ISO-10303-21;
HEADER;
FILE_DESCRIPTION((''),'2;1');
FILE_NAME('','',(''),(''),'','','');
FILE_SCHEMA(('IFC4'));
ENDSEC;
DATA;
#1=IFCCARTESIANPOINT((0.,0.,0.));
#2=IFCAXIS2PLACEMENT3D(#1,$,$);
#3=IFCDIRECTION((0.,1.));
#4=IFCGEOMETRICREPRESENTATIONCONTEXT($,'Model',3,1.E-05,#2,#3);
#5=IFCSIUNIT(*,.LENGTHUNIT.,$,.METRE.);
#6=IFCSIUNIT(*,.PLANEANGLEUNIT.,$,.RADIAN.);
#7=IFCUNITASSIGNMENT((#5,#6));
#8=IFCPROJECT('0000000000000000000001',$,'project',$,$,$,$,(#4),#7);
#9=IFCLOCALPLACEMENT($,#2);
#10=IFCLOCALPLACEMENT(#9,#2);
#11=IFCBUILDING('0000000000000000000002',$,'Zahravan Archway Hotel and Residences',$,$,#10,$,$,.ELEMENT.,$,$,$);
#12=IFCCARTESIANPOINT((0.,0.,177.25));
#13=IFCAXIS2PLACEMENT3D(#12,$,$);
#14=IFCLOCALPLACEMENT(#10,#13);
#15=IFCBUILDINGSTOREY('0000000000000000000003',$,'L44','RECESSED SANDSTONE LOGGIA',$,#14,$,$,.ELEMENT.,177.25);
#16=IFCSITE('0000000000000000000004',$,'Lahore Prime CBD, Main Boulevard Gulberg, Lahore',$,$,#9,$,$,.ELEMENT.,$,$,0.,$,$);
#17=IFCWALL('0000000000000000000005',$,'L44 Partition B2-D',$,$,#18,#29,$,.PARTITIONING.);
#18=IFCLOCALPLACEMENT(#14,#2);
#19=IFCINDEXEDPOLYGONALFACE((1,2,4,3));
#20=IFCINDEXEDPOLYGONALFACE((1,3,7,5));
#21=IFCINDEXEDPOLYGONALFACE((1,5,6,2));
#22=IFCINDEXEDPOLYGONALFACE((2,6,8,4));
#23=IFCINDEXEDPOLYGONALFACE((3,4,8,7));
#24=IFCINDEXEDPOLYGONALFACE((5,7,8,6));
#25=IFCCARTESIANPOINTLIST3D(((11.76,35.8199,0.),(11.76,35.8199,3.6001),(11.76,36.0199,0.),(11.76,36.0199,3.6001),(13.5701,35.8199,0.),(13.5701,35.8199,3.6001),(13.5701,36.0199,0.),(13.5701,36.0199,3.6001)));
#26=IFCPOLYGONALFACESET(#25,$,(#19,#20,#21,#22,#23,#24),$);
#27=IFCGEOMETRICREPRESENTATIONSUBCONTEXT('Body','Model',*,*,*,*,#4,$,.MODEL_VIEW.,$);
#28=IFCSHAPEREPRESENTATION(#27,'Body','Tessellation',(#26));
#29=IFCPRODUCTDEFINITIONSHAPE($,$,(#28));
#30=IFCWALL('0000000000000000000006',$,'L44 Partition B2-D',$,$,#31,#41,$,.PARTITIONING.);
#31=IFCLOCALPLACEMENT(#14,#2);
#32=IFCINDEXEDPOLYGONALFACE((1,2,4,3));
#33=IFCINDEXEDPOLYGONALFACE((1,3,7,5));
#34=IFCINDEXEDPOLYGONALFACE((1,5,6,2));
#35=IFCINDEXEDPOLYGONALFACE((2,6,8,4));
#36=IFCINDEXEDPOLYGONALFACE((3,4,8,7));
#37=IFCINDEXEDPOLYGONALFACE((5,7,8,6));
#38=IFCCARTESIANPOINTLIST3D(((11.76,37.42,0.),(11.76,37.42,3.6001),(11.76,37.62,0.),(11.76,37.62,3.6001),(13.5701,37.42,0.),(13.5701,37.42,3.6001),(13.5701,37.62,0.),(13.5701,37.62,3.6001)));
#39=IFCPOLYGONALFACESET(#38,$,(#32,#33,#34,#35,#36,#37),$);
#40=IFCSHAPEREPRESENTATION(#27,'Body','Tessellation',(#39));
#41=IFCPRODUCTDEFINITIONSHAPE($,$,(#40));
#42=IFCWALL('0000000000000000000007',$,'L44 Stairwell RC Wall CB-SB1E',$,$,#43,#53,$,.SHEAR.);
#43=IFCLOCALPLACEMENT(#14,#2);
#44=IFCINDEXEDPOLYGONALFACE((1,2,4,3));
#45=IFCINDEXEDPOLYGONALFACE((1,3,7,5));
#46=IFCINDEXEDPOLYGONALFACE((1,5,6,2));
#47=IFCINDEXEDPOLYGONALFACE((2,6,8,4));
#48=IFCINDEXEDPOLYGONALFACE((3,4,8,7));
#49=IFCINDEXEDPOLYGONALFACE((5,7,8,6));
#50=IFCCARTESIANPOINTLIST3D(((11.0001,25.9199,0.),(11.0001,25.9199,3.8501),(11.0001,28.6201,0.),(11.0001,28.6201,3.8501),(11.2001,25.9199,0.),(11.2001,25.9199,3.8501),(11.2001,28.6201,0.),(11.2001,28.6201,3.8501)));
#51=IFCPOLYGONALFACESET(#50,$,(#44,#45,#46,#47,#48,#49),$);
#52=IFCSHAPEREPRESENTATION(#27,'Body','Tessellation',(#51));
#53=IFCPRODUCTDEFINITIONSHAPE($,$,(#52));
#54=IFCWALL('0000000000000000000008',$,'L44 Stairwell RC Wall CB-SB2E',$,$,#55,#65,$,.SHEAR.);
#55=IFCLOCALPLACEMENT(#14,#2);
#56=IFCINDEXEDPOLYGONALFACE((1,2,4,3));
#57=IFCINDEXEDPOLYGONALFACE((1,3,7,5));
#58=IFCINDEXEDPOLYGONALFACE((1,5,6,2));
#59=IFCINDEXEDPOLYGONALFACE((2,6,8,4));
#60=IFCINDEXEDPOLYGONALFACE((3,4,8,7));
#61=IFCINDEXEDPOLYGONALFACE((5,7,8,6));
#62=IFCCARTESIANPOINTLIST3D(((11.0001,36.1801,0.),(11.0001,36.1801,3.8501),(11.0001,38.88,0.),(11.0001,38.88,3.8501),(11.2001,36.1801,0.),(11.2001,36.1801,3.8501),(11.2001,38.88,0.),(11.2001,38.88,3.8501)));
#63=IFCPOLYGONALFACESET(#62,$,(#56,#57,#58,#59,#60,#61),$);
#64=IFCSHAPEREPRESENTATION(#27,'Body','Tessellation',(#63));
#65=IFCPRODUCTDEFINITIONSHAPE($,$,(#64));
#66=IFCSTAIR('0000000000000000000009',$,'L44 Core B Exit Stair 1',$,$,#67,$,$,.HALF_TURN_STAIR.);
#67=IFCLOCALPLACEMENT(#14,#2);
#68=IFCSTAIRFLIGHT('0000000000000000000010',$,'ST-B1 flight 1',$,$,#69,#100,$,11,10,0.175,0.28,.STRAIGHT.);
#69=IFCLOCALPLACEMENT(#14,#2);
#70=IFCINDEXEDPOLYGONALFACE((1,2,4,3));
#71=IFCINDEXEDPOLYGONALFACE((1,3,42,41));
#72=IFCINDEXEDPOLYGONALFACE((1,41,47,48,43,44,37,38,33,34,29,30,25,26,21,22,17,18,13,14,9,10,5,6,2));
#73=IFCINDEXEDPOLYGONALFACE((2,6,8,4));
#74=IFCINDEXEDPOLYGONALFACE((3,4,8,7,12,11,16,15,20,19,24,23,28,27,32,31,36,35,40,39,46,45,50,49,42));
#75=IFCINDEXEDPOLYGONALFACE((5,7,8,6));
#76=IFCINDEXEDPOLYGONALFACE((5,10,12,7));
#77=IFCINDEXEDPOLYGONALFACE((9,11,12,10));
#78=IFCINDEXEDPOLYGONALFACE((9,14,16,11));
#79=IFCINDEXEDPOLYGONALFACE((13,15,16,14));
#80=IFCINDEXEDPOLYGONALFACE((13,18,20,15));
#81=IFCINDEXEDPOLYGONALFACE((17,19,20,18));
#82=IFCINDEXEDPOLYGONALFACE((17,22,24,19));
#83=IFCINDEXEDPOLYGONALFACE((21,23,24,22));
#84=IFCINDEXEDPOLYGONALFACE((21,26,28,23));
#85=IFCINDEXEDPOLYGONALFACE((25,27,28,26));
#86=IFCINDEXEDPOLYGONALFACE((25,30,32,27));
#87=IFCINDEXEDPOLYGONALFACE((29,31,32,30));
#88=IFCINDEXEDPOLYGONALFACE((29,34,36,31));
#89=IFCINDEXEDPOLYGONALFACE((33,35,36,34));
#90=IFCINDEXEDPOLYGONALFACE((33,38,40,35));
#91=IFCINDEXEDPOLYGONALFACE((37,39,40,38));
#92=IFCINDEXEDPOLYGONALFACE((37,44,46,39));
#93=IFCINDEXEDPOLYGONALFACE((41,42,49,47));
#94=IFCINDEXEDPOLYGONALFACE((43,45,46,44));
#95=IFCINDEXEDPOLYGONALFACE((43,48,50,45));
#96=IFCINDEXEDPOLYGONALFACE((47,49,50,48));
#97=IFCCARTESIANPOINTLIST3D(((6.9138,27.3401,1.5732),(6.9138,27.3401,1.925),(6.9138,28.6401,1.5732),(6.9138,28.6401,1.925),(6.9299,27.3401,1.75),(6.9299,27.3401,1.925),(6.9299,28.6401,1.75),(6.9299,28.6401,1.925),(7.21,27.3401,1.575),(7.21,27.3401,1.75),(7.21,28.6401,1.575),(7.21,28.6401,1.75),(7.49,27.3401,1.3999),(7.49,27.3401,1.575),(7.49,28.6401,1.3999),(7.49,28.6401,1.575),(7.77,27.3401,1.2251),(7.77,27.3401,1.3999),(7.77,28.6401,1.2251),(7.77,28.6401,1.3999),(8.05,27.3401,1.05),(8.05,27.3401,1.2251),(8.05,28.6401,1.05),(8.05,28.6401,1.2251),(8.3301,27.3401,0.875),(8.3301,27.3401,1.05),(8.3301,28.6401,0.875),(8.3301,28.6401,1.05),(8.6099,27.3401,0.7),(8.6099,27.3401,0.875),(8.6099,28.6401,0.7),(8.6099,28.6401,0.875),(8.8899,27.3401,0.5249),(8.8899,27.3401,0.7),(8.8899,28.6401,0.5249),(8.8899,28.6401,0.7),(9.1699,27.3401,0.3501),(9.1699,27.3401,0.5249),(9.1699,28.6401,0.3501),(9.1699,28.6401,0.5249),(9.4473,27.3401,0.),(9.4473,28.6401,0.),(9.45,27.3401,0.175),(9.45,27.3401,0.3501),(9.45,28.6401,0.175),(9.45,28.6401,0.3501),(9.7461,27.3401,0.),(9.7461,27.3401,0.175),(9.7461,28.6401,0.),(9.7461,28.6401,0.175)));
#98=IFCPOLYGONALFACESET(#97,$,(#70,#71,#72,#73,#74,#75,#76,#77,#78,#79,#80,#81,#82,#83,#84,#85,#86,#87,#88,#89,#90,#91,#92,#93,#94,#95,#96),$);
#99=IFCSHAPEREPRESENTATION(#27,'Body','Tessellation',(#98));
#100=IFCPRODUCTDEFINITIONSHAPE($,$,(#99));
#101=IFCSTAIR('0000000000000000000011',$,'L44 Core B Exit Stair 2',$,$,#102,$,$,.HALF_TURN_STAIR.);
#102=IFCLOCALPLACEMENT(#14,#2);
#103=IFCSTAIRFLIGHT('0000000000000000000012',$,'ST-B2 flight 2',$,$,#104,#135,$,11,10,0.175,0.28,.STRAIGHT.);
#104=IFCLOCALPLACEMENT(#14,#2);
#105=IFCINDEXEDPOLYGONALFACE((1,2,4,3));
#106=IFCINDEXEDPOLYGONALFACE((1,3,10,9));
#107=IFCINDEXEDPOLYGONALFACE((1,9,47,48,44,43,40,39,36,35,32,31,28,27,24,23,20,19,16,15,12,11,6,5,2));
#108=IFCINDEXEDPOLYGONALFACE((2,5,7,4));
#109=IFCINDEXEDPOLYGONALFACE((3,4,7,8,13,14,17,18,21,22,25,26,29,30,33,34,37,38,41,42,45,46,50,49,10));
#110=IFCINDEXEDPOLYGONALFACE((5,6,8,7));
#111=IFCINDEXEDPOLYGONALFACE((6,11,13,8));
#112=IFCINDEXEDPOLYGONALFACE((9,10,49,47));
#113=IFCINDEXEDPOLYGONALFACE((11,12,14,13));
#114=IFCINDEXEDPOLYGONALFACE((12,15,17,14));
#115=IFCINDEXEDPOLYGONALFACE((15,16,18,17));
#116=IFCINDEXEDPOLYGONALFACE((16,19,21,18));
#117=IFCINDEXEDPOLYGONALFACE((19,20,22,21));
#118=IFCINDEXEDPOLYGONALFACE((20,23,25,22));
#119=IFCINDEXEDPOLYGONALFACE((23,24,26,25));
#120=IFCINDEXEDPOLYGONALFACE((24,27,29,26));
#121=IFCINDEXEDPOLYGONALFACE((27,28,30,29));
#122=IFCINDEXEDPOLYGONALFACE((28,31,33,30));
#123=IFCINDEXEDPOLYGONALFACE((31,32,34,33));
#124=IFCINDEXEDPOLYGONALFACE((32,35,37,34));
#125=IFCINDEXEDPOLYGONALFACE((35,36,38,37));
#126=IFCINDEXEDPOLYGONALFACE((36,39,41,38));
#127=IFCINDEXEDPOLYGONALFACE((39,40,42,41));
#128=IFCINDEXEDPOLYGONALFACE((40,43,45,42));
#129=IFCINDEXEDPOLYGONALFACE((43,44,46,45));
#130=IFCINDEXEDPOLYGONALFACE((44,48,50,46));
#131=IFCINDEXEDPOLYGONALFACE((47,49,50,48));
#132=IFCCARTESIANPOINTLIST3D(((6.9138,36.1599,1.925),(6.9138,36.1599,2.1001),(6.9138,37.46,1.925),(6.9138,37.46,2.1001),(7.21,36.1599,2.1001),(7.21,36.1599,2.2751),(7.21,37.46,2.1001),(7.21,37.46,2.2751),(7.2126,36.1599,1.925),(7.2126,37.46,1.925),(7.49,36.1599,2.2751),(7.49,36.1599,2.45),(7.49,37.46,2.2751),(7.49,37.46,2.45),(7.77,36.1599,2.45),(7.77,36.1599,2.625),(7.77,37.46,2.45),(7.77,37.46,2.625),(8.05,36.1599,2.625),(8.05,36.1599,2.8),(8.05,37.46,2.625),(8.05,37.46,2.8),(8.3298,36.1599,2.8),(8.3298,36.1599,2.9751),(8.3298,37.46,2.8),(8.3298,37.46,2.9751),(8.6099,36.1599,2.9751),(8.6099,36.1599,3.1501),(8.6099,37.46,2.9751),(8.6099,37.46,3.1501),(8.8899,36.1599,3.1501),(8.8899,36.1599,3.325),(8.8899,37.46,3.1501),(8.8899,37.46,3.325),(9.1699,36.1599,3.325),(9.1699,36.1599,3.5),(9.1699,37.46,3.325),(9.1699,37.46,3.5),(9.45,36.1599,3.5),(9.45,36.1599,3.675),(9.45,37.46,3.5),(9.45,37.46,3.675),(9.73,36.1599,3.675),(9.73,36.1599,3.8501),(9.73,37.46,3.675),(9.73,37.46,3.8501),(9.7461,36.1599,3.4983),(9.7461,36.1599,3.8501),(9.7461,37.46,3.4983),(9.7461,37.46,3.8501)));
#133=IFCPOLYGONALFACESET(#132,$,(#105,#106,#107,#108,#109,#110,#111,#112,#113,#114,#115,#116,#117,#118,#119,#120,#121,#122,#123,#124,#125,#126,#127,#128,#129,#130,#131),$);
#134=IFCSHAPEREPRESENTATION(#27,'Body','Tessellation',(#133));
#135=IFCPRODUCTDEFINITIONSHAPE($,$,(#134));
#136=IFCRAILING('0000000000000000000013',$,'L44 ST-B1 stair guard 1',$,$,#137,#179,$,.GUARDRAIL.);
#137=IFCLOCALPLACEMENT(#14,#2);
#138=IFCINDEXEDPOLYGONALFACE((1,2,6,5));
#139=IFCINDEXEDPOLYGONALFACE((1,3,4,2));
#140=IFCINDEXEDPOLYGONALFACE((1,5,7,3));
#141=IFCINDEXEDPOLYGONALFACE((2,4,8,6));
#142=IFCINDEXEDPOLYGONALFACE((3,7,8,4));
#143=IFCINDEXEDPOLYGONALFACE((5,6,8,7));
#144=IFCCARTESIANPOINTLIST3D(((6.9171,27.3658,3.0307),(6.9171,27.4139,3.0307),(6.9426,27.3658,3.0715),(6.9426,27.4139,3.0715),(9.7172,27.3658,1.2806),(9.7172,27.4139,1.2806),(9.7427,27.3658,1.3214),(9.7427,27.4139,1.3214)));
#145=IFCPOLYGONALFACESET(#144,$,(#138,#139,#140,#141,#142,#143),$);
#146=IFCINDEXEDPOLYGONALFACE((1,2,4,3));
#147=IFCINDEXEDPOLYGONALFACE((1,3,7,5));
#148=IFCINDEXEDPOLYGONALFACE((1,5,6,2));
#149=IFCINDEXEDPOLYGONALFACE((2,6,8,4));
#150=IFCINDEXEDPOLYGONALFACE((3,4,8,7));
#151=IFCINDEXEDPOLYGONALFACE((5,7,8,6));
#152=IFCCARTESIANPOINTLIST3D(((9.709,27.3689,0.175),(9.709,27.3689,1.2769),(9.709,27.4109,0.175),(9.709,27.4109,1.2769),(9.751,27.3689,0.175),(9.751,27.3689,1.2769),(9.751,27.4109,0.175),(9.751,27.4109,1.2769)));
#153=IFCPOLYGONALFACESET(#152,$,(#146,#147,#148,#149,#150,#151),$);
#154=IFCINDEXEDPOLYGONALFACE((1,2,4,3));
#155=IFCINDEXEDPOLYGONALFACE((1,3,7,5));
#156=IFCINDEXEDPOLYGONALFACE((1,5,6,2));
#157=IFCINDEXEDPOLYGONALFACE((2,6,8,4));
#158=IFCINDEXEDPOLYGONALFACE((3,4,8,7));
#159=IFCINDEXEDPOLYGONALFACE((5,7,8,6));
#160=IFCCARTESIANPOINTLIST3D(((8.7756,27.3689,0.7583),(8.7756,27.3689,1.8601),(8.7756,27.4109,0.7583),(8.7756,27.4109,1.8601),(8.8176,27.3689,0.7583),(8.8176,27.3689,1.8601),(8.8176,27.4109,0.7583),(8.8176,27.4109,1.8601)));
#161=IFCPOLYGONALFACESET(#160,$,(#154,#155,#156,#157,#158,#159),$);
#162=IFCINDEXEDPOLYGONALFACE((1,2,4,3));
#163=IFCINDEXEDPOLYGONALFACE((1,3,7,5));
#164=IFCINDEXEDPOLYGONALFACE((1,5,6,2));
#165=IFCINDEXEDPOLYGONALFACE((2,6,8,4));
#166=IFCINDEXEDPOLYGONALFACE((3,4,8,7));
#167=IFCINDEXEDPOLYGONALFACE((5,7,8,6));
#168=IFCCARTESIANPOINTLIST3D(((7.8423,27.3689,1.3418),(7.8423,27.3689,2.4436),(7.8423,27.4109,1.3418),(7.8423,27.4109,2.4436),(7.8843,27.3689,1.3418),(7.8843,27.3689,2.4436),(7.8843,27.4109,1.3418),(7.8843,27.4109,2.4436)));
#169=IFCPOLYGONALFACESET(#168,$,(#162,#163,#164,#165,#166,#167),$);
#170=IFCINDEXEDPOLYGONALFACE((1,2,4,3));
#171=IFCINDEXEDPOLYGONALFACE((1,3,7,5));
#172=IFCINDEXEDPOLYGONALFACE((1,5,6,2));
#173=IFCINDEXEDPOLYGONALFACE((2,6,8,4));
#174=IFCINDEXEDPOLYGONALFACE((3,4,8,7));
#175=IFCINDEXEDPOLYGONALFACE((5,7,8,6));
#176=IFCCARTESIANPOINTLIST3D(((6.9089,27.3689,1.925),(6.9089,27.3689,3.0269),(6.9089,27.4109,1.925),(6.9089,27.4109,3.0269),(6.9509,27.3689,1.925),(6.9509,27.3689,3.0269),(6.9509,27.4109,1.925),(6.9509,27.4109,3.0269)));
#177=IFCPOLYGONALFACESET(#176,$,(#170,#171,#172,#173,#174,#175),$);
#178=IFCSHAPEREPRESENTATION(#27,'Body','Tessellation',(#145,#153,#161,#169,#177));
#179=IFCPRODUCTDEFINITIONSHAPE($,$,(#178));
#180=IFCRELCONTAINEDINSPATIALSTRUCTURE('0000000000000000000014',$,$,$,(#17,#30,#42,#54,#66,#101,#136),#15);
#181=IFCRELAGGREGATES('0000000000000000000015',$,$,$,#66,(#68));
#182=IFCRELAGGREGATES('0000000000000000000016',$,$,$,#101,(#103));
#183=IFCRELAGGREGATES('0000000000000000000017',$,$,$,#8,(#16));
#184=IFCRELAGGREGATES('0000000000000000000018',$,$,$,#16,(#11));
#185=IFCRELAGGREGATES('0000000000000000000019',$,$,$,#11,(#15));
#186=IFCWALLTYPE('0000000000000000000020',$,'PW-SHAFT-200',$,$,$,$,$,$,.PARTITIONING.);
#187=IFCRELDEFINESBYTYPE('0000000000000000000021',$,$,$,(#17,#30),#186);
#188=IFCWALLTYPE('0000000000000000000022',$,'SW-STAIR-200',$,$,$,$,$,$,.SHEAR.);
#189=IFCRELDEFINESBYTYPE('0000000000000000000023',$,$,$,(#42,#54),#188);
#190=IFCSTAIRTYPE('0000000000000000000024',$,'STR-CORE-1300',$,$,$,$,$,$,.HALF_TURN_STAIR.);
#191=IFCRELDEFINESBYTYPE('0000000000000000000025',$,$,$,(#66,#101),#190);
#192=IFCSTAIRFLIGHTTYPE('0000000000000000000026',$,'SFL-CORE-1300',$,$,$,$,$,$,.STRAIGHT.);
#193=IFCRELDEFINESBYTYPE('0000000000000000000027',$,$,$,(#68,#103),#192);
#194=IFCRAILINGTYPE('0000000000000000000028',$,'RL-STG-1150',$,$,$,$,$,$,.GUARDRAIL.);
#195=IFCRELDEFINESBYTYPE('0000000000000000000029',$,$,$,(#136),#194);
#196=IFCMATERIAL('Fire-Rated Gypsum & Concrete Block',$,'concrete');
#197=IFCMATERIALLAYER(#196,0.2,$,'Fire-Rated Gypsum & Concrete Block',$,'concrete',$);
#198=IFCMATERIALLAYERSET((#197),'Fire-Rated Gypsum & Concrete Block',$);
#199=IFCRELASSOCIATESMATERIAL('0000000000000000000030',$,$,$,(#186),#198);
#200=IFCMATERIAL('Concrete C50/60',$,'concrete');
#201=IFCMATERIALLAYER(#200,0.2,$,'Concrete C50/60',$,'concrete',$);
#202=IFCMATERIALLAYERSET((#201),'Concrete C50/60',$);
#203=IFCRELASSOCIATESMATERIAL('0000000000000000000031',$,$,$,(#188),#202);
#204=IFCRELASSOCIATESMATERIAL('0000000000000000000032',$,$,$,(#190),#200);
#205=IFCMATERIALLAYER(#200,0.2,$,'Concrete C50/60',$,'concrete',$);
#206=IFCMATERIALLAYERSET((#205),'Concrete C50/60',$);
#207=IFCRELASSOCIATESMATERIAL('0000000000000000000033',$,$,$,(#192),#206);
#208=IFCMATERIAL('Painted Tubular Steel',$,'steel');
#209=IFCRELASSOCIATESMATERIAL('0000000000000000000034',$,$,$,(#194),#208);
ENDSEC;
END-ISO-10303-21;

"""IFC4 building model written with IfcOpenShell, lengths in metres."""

from ifc_helpers import new_model, si_unit, direction, frame, frame_2d, origin, origin_2d, place, context, subcontext, project, spatial, polyline, rectangle, outline, extrude, source, transform, mapped, material, layer, layer_set, type_object, element, aggregate, save


model = new_model("IFC4")

# Units and contexts
model_context = context("Model", 3, precision=1e-05, world=origin(), true_north=direction((0.0, 1.0)))
body_context = subcontext(model_context, "Body", "Model", "MODEL_VIEW")
ifc_project = project(units=[si_unit("LENGTHUNIT", "METRE"), si_unit("PLANEANGLEUNIT", "RADIAN")], contexts=[model_context])

# Site, building, storey
site_placement = place(None, origin())
site = spatial("IfcSite", under=ifc_project, at=site_placement, Name="Lahore Prime CBD, Main Boulevard Gulberg, Lahore", CompositionType="ELEMENT", RefElevation=0.0)
building_placement = place(site_placement, origin())
building = spatial("IfcBuilding", under=site, at=building_placement, Name="Zahravan Archway Hotel and Residences", CompositionType="ELEMENT")
storey_placement = place(building_placement, frame((0.0, 0.0, 177.25)))
storey = spatial("IfcBuildingStorey", under=building, at=storey_placement, Name="L44", Description="RECESSED SANDSTONE LOGGIA", CompositionType="ELEMENT", Elevation=177.25)

# Shared definitions
ifc_material_1 = material(Name="Fire-Rated Gypsum & Concrete Block", Category="concrete")
ifc_layer_1 = layer(ifc_material_1, 0.2, Name="Fire-Rated Gypsum & Concrete Block", Category="concrete")
ifc_layer_set_1 = layer_set([ifc_layer_1], Name="Fire-Rated Gypsum & Concrete Block")
wall_type_1 = type_object("IfcWallType", Name="PW-SHAFT-200", PredefinedType="PARTITIONING", material=ifc_layer_set_1)

# Walls
for number, where, z_axis, x_axis, name in (
    (1, (11.76, 35.9199, 0.0), (0.0, 0.0, 1.0), (1.0, 0.0, 0.0), "L44 Partition B2-D"),
    (2, (11.76, 37.52, 0.0), (0.0, 0.0, 1.0), (1.0, 0.0, 0.0), "L44 Partition B2-D"),
):
    element("IfcWall", number, at=place(storey_placement, frame(where, z_axis=z_axis, x_axis=x_axis)), inside=storey, type_object=wall_type_1, Name=name, PredefinedType="PARTITIONING", context=body_context, shape_type="SweptSolid", body=[
        extrude(rectangle(XDim=1.8101, YDim=0.2, at=frame_2d((0.905, 0.0))), origin(), (0.0, 0.0, 1.0), 3.6001),
    ])

# Walls
ifc_material_2 = material(Name="Concrete C50/60", Category="concrete")
ifc_layer_2 = layer(ifc_material_2, 0.2, Name="Concrete C50/60", Category="concrete")
ifc_layer_set_2 = layer_set([ifc_layer_2], Name="Concrete C50/60")
wall_type_2 = type_object("IfcWallType", Name="SW-STAIR-200", PredefinedType="SHEAR", material=ifc_layer_set_2)
wall_1_placement = place(storey_placement, frame((11.1001, 25.9199, 0.0), z_axis=(0.0, 0.0, 1.0), x_axis=(0.0, 1.0, 0.0)))
element("IfcWall", 3, at=wall_1_placement, inside=storey, type_object=wall_type_2, Name="L44 Stairwell RC Wall CB-SB1E", PredefinedType="SHEAR", context=body_context, shape_type="SweptSolid", body=[
    extrude(rectangle(XDim=2.7002, YDim=0.2, at=frame_2d((1.3501, 0.0))), origin(), (0.0, 0.0, 1.0), 3.8501),
])
wall_2_placement = place(storey_placement, frame((11.1001, 36.1799, 0.0), z_axis=(0.0, 0.0, 1.0), x_axis=(0.0, 1.0, 0.0)))
element("IfcWall", 4, at=wall_2_placement, inside=storey, type_object=wall_type_2, Name="L44 Stairwell RC Wall CB-SB2E", PredefinedType="SHEAR", context=body_context, shape_type="SweptSolid", body=[
    extrude(rectangle(XDim=2.7, YDim=0.2, at=frame_2d((1.3501, 0.0))), origin(), (0.0, 0.0, 1.0), 3.8501),
])

# Stairs, stair flights
stair_type = type_object("IfcStairType", Name="STR-CORE-1300", PredefinedType="HALF_TURN_STAIR", material=ifc_material_2)
stair_1_placement = place(storey_placement, origin())
stair_1 = element("IfcStair", 5, at=stair_1_placement, inside=storey, type_object=stair_type, Name="L44 Core B Exit Stair 1", PredefinedType="HALF_TURN_STAIR")
ifc_layer_3 = layer(ifc_material_2, 0.2, Name="Concrete C50/60", Category="concrete")
ifc_layer_set_3 = layer_set([ifc_layer_3], Name="Concrete C50/60")
stair_flight_type = type_object("IfcStairFlightType", Name="SFL-CORE-1300", PredefinedType="STRAIGHT", material=ifc_layer_set_3)
shared_shape_1 = source(origin(), body_context, "Body", "SweptSolid", [
    extrude(outline(polyline([(-0.0161, 0.0), (-0.0161, 0.175), (0.28, 0.175), (0.28, 0.3501), (0.5601, 0.3501), (0.5601, 0.5249), (0.8401, 0.5249), (0.8401, 0.7), (1.1201, 0.7), (1.1201, 0.875), (1.3999, 0.875), (1.3999, 1.05), (1.6799, 1.05), (1.6799, 1.2251), (1.96, 1.2251), (1.96, 1.3999), (2.24, 1.3999), (2.24, 1.575), (2.52, 1.575), (2.52, 1.75), (2.8, 1.75), (2.8, 1.925), (2.8162, 1.925), (2.8162, 1.5732), (0.2827, 0.0), (-0.0161, 0.0)])), frame((0.0, 0.6499, 0.0), z_axis=(0.0, -1.0, 0.0), x_axis=(1.0, 0.0, 0.0)), (0.0, 0.0, 1.0), 1.3),
])
stair_flight_1_placement = place(storey_placement, frame((9.73, 27.99, 0.0), z_axis=(0.0, 0.0, 1.0), x_axis=(-1.0, 0.0, 0.0)))
stair_flight_1 = element("IfcStairFlight", 6, at=stair_flight_1_placement, type_object=stair_flight_type, Name="ST-B1 flight 1", NumberOfRisers=11, NumberOfTreads=10, PredefinedType="STRAIGHT", RiserHeight=0.175, TreadLength=0.28, context=body_context, shape_type="MappedRepresentation", body=[
    mapped(shared_shape_1, transform((0.0, 0.0, 0.0), scale=1.0)),
])
aggregate(stair_1, [stair_flight_1])
stair_2_placement = place(storey_placement, origin())
stair_2 = element("IfcStair", 7, at=stair_2_placement, inside=storey, type_object=stair_type, Name="L44 Core B Exit Stair 2", PredefinedType="HALF_TURN_STAIR")
stair_flight_2_placement = place(storey_placement, frame((6.9299, 36.8101, 1.925), z_axis=(0.0, 0.0, 1.0), x_axis=(1.0, 0.0, 0.0)))
stair_flight_2 = element("IfcStairFlight", 8, at=stair_flight_2_placement, type_object=stair_flight_type, Name="ST-B2 flight 2", NumberOfRisers=11, NumberOfTreads=10, PredefinedType="STRAIGHT", RiserHeight=0.175, TreadLength=0.28, context=body_context, shape_type="MappedRepresentation", body=[
    mapped(shared_shape_1, transform((0.0, 0.0, 0.0), scale=1.0)),
])
aggregate(stair_2, [stair_flight_2])

# Railing
ifc_material_3 = material(Name="Painted Tubular Steel", Category="steel")
railing_type_1 = type_object("IfcRailingType", Name="RL-STG-1150", PredefinedType="GUARDRAIL", material=ifc_material_3)
railing_1_placement = place(storey_placement, frame((9.73, 27.3899, 0.175)))
element("IfcRailing", 9, at=railing_1_placement, inside=storey, type_object=railing_type_1, Name="L44 ST-B1 stair guard 1", PredefinedType="GUARDRAIL", context=body_context, shape_type="SweptSolid", body=[
    extrude(rectangle(XDim=0.0481, YDim=0.0481, at=origin_2d()), frame((0.0, 0.0, 1.126), z_axis=(-0.848002, 0.0, 0.529992), x_axis=(0.0, -1.0, 0.0)), (0.0, 0.0, 1.0), 3.302),
    extrude(rectangle(XDim=0.042, YDim=0.042, at=origin_2d()), origin(), (0.0, 0.0, 1.0), 1.1018),
    extrude(rectangle(XDim=0.042, YDim=0.042, at=origin_2d()), frame((-0.9333, 0.0, 0.5833)), (0.0, 0.0, 1.0), 1.1018),
    extrude(rectangle(XDim=0.042, YDim=0.042, at=origin_2d()), frame((-1.8667, 0.0, 1.1667)), (0.0, 0.0, 1.0), 1.1018),
    extrude(rectangle(XDim=0.042, YDim=0.042, at=origin_2d()), frame((-2.8, 0.0, 1.75)), (0.0, 0.0, 1.0), 1.1018),
])

save(model, "model.ifc")
